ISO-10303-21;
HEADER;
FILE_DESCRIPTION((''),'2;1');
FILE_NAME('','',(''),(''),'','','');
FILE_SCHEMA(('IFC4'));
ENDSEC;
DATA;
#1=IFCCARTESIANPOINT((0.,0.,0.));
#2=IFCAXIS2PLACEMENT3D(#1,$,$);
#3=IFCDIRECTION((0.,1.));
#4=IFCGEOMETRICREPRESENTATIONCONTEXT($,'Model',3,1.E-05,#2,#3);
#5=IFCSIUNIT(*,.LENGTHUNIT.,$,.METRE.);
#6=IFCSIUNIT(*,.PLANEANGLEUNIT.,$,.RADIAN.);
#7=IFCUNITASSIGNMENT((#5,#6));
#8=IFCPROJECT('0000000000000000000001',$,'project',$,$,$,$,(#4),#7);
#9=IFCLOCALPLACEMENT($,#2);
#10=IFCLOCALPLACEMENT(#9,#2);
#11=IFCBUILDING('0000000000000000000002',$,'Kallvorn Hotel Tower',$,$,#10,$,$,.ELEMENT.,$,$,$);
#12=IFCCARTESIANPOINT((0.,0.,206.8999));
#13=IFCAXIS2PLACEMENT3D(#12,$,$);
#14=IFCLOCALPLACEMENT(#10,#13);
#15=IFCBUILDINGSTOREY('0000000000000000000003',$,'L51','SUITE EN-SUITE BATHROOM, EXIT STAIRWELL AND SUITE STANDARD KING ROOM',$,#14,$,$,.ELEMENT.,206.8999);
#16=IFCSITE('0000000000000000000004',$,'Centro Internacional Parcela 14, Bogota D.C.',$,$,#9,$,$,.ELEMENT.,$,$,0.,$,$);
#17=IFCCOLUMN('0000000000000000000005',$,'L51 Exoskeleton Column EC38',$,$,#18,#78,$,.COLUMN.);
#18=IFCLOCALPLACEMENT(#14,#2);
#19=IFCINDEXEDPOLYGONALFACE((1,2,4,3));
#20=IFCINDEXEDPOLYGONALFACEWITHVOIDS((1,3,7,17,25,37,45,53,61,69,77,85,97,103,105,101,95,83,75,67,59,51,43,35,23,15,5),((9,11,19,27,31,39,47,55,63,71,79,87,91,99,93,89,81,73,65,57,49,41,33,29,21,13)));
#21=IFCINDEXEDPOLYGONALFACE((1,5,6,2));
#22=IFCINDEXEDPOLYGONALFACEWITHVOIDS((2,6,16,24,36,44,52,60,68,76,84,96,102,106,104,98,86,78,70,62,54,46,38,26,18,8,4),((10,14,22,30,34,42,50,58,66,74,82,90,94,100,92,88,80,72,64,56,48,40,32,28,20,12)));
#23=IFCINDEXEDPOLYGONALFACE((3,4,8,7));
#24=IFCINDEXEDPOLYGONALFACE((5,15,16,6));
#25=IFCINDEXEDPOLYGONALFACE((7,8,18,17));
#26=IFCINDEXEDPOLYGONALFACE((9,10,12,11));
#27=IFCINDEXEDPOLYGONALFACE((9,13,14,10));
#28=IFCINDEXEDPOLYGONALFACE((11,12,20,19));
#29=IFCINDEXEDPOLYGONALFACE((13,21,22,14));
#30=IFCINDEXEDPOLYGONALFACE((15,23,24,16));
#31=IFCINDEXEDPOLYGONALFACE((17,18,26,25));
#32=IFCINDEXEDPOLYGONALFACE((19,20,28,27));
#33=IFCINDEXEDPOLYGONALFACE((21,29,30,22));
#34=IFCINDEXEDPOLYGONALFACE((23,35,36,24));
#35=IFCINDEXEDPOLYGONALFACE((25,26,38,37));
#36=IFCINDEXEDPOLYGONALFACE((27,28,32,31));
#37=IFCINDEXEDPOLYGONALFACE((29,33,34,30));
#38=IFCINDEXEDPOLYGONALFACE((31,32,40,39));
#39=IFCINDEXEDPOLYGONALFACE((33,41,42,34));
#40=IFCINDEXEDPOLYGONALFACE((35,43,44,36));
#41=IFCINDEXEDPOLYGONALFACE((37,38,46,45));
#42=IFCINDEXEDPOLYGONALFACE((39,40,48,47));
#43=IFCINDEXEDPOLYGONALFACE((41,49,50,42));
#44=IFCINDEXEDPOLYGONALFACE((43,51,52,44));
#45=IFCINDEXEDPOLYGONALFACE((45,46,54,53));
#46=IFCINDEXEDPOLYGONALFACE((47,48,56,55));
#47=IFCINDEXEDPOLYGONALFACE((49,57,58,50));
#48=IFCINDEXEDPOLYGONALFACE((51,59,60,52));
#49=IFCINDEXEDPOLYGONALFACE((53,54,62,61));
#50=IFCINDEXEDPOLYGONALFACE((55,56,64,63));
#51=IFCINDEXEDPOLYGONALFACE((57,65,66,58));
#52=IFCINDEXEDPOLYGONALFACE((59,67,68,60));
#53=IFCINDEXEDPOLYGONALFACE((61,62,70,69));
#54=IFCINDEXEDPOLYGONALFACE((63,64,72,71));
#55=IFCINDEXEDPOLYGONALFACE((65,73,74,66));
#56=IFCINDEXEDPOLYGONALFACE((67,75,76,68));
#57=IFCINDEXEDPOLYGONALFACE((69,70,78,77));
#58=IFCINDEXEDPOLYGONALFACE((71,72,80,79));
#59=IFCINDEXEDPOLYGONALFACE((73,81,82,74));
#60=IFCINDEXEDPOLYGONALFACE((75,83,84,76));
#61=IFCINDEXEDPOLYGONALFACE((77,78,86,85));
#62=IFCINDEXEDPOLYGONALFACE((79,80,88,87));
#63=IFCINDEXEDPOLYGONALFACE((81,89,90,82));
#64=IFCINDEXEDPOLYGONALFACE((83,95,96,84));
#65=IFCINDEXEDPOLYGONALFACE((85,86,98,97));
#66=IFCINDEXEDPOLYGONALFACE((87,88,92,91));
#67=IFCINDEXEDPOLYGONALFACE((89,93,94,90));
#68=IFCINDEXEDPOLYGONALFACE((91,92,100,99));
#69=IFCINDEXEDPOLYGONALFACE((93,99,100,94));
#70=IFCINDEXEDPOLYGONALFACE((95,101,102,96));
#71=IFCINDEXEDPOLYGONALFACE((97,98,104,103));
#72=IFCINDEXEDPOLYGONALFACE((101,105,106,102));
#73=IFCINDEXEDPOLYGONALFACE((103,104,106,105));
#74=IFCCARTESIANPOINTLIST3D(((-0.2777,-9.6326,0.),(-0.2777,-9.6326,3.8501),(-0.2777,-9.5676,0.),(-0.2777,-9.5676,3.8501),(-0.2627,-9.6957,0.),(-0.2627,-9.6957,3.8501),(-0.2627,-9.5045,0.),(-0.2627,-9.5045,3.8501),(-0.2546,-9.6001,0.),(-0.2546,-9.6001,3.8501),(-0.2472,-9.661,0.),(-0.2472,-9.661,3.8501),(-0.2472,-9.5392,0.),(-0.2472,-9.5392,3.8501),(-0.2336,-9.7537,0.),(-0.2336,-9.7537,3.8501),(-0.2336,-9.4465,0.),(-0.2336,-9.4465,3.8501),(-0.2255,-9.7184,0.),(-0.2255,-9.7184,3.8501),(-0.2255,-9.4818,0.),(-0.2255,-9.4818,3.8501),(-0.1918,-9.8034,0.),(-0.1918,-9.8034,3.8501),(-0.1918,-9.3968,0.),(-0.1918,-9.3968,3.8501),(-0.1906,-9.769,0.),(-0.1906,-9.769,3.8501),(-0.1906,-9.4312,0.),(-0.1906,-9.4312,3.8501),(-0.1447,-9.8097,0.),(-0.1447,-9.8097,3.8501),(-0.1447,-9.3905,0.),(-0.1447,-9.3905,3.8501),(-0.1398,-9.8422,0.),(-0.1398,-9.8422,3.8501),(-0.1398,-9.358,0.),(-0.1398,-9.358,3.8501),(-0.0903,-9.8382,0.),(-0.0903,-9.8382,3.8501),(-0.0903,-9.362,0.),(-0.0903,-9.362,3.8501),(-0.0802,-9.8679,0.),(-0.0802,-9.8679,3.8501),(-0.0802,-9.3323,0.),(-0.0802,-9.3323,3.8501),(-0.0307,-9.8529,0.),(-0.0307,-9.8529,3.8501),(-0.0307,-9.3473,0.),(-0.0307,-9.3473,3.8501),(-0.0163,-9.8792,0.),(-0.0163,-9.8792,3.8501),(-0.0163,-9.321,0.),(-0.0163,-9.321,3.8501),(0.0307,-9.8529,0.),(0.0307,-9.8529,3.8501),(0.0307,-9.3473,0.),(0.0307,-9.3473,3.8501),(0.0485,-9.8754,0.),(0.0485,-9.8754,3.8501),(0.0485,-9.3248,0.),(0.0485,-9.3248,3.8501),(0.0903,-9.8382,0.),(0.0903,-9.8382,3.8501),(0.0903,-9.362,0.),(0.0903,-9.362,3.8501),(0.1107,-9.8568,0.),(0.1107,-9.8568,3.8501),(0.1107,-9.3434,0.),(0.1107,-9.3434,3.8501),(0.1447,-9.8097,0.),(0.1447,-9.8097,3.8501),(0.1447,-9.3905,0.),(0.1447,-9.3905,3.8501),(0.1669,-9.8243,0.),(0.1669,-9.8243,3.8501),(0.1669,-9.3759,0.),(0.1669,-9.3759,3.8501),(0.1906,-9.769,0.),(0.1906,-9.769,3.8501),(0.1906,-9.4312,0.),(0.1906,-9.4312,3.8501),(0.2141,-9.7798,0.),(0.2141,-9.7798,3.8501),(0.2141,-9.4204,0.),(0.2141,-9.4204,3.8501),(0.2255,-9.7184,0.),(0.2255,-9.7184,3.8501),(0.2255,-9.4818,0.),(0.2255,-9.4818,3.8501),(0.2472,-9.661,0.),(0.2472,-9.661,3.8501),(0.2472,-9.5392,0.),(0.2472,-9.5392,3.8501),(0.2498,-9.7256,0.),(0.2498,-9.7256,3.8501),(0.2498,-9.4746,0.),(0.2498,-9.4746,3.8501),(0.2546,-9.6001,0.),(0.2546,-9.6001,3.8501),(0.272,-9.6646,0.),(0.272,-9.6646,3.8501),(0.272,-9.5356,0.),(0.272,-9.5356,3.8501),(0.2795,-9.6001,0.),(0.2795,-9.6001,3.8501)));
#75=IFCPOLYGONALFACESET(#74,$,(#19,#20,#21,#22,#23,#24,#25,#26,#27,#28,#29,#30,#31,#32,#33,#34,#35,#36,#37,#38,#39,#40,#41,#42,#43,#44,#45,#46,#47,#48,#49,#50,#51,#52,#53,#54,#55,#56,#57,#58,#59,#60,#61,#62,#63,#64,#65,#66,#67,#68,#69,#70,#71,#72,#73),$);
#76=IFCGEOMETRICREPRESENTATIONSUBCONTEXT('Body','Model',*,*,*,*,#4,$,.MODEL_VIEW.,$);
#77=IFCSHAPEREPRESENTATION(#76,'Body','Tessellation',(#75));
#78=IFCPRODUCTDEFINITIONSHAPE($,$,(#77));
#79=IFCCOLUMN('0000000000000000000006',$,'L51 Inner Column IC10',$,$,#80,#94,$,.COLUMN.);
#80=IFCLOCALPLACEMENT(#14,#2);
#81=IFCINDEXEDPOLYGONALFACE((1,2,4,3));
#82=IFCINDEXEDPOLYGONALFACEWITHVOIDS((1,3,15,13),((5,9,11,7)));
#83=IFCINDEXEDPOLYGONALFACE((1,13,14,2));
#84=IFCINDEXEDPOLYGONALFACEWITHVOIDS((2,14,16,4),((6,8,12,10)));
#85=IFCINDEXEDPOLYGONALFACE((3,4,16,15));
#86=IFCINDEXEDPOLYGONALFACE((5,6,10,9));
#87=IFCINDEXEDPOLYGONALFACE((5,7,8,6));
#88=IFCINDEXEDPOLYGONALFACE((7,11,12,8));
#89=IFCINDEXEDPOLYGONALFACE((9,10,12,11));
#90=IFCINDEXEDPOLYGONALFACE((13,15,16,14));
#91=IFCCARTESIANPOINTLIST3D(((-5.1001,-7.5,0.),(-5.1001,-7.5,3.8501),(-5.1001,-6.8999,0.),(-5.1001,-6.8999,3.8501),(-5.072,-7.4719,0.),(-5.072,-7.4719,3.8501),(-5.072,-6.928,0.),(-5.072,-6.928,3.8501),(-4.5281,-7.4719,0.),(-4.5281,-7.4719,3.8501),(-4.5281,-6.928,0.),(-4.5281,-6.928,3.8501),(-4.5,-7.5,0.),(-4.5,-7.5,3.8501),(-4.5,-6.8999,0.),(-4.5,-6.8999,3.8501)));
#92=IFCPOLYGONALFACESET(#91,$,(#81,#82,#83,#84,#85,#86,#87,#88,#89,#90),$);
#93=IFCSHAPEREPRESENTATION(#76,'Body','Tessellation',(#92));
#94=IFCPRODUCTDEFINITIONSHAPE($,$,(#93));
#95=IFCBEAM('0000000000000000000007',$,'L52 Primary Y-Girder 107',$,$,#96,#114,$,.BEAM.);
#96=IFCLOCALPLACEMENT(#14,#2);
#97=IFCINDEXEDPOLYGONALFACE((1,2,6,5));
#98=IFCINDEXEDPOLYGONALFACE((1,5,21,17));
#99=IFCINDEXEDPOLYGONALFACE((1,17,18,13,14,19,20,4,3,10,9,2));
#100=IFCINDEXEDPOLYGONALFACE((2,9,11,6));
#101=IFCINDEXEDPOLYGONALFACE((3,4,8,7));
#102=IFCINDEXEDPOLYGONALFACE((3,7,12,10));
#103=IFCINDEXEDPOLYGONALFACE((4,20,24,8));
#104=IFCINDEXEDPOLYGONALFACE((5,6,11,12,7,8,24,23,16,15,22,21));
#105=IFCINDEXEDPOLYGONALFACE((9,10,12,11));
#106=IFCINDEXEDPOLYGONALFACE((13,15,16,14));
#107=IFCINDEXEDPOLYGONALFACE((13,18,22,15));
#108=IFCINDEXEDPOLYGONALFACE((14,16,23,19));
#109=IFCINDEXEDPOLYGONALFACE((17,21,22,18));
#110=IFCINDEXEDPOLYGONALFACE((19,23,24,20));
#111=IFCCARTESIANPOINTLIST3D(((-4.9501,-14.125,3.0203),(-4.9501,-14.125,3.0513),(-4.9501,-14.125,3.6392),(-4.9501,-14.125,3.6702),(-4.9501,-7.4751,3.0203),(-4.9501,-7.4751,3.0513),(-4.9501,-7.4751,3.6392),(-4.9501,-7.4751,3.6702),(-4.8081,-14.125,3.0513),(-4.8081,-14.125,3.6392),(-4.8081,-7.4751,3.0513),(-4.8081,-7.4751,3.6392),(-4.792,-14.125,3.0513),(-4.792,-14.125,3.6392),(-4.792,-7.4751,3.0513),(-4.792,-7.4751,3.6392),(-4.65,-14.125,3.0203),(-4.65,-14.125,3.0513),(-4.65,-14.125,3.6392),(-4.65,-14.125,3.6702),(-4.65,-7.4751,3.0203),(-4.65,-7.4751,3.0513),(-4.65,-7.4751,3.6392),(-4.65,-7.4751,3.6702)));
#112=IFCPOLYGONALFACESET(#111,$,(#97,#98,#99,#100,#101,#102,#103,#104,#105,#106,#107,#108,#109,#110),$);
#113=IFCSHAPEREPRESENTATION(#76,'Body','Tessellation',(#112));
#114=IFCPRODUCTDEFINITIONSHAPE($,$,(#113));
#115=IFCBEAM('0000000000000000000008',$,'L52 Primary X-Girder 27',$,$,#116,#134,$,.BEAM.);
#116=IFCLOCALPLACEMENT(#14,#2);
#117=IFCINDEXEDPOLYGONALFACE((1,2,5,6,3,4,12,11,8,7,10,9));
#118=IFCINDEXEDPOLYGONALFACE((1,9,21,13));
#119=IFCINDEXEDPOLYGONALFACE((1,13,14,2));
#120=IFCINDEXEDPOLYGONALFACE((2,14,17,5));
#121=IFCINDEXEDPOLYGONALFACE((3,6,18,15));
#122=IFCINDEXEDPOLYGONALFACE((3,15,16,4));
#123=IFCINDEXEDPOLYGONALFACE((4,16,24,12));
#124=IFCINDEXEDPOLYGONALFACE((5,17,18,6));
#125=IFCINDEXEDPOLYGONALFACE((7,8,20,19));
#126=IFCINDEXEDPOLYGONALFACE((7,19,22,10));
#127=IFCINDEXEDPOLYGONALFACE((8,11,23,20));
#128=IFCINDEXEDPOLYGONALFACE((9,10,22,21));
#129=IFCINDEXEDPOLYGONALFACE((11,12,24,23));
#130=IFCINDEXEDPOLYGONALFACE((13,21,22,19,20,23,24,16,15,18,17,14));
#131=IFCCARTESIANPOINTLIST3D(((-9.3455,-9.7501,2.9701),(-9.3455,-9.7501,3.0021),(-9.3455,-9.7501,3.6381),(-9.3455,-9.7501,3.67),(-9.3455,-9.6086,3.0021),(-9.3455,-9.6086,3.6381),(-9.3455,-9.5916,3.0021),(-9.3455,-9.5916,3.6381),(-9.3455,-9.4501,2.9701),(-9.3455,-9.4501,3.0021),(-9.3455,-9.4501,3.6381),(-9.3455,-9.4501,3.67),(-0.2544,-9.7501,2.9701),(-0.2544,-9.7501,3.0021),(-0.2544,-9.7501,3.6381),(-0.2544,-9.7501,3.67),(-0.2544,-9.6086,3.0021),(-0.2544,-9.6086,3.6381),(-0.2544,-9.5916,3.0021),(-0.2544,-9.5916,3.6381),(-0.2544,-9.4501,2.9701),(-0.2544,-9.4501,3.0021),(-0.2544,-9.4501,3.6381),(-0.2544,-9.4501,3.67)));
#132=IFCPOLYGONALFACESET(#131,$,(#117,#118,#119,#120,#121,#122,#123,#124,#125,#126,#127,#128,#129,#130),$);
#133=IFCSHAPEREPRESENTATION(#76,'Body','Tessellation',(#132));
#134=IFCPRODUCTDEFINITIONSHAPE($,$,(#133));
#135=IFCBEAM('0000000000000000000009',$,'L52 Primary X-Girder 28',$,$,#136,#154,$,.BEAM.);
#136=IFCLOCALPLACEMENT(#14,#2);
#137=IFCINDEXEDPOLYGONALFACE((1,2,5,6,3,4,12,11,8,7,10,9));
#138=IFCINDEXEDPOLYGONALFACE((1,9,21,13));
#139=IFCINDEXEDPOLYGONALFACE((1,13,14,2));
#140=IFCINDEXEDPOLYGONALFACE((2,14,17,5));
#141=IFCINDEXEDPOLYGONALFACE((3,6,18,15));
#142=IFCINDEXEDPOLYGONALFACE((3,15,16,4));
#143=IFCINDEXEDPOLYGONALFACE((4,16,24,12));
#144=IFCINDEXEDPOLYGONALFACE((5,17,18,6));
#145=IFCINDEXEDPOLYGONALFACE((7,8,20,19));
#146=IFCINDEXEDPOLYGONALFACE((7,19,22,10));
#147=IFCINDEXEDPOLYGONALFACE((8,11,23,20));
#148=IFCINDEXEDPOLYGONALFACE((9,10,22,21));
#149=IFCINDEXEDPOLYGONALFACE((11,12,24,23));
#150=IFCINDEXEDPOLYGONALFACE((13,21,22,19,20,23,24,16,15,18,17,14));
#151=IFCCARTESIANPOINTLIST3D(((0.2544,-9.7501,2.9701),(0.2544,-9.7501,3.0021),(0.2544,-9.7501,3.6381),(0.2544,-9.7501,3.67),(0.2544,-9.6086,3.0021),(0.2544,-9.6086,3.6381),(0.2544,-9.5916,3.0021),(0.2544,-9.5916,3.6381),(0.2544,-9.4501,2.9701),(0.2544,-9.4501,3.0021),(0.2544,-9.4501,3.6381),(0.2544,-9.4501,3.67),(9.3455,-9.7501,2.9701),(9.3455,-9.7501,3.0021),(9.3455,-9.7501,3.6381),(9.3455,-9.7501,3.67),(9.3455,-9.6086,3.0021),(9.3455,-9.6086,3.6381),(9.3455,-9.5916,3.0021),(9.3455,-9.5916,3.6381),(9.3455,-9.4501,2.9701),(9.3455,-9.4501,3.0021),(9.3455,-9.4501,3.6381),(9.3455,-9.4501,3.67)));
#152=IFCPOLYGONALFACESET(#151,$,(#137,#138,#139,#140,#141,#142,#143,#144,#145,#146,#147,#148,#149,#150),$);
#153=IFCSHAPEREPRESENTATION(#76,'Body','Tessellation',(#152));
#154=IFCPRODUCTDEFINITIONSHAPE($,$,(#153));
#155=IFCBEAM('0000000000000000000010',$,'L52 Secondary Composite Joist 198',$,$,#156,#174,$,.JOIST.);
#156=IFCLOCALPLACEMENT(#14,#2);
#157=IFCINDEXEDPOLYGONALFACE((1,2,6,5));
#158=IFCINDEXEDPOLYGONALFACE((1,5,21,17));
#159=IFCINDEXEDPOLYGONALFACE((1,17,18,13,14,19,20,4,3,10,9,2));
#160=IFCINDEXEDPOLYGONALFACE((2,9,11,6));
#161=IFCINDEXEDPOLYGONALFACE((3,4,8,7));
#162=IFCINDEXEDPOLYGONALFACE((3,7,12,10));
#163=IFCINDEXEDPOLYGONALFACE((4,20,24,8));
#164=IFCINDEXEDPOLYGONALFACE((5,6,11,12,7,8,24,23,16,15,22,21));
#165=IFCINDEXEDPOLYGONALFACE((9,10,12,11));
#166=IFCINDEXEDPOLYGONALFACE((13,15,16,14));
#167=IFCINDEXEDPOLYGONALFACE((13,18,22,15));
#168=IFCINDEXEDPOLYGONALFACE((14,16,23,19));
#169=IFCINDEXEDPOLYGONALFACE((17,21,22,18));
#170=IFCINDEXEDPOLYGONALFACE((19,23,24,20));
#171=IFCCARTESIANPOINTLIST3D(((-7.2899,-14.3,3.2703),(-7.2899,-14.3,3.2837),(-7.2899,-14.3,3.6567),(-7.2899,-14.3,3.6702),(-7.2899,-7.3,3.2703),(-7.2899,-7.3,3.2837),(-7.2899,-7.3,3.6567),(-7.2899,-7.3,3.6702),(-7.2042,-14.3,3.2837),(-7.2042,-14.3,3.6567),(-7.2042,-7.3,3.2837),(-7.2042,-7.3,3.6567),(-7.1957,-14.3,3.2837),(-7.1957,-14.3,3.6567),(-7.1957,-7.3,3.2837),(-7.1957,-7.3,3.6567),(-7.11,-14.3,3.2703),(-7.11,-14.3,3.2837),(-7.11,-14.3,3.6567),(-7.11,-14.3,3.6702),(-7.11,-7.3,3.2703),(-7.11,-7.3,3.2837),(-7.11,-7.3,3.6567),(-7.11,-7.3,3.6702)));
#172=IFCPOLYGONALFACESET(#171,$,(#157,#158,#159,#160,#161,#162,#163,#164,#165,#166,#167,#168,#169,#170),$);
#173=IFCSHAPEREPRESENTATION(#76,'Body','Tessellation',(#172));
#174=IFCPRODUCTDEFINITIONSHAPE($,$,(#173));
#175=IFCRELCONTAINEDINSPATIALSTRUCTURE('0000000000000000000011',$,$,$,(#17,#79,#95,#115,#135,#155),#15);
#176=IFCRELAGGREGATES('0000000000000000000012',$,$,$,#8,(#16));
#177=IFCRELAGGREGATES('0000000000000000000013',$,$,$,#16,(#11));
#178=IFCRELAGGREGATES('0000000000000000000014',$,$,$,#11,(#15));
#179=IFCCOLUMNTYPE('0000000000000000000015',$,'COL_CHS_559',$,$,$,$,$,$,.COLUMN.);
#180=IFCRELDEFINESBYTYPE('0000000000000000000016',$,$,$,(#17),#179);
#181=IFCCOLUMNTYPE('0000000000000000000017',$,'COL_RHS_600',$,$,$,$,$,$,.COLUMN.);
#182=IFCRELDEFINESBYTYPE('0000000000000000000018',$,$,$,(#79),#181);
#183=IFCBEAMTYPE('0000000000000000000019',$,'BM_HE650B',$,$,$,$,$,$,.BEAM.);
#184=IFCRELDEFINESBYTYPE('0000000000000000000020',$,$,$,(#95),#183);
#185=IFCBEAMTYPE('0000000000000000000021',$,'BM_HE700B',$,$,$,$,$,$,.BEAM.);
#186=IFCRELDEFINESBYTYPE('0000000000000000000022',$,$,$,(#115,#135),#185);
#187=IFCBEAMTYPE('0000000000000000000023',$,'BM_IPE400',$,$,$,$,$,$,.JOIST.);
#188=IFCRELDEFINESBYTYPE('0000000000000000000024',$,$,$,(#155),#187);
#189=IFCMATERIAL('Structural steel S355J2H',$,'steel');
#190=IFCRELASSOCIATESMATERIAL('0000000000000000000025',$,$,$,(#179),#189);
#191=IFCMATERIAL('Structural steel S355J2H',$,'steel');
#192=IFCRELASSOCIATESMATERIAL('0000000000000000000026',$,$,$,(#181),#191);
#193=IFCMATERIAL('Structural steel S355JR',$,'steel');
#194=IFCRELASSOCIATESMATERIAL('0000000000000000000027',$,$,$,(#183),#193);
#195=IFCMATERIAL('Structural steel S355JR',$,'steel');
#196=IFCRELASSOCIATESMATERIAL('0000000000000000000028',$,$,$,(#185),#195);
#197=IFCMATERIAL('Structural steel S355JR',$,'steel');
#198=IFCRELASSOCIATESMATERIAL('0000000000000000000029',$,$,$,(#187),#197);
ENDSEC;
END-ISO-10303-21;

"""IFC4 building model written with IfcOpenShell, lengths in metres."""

from ifc_helpers import new_model, si_unit, direction, frame, origin, origin_2d, place, context, subcontext, project, spatial, hollow_rectangle, hollow_circle, i_section, extrude, material, material_profile, profile_set, type_object, element, save


model = new_model("IFC4")

# Units and contexts
model_context = context("Model", 3, precision=1e-05, world=origin(), true_north=direction((0.0, 1.0)))
body_context = subcontext(model_context, "Body", "Model", "MODEL_VIEW")
ifc_project = project(units=[si_unit("LENGTHUNIT", "METRE"), si_unit("PLANEANGLEUNIT", "RADIAN")], contexts=[model_context])

# Site, building, storey
site_placement = place(None, origin())
site = spatial("IfcSite", under=ifc_project, at=site_placement, Name="Centro Internacional Parcela 14, Bogota D.C.", CompositionType="ELEMENT", RefElevation=0.0)
building_placement = place(site_placement, origin())
building = spatial("IfcBuilding", under=site, at=building_placement, Name="Kallvorn Hotel Tower", CompositionType="ELEMENT")
storey_placement = place(building_placement, frame((0.0, 0.0, 206.8999)))
storey = spatial("IfcBuildingStorey", under=building, at=storey_placement, Name="L51", Description="SUITE EN-SUITE BATHROOM, EXIT STAIRWELL AND SUITE STANDARD KING ROOM", CompositionType="ELEMENT", Elevation=206.8999)

# Columns
ifc_material_1 = material(Name="Structural steel S355J2H", Category="steel")
ifc_material_profile_1 = material_profile(ifc_material_1, hollow_circle(Radius=0.2795, WallThickness=0.0249, at=origin_2d()), Name="CHS 559x25")
ifc_profile_set_1 = profile_set([ifc_material_profile_1], Name="Structural steel S355J2H")
column_type_1 = type_object("IfcColumnType", Name="COL_CHS_559", PredefinedType="COLUMN", material=ifc_profile_set_1)
column_1_placement = place(storey_placement, frame((0.0, -9.6001, 0.0), z_axis=(0.0, 0.0, 1.0), x_axis=(1.0, 0.0, 0.0)))
element("IfcColumn", 1, at=column_1_placement, inside=storey, type_object=column_type_1, Name="L51 Exoskeleton Column EC38", PredefinedType="COLUMN", context=body_context, shape_type="SweptSolid", body=[
    extrude(hollow_circle(Radius=0.2795, WallThickness=0.0249, at=origin_2d()), origin(), (0.0, 0.0, 1.0), 3.8501),
])
ifc_material_2 = material(Name="Structural steel S355J2H", Category="steel")
ifc_material_profile_2 = material_profile(ifc_material_2, hollow_rectangle(XDim=0.6001, YDim=0.6001, WallThickness=0.0281, at=origin_2d()), Name="RHS 600x600x28")
ifc_profile_set_2 = profile_set([ifc_material_profile_2], Name="Structural steel S355J2H")
column_type_2 = type_object("IfcColumnType", Name="COL_RHS_600", PredefinedType="COLUMN", material=ifc_profile_set_2)
column_2_placement = place(storey_placement, frame((-4.8, -7.2, 0.0), z_axis=(0.0, 0.0, 1.0), x_axis=(1.0, 0.0, 0.0)))
element("IfcColumn", 2, at=column_2_placement, inside=storey, type_object=column_type_2, Name="L51 Inner Column IC10", PredefinedType="COLUMN", context=body_context, shape_type="SweptSolid", body=[
    extrude(hollow_rectangle(XDim=0.6001, YDim=0.6001, WallThickness=0.0281, at=origin_2d()), origin(), (0.0, 0.0, 1.0), 3.8501),
])

# Beams
ifc_material_3 = material(Name="Structural steel S355JR", Category="steel")
ifc_material_profile_3 = material_profile(ifc_material_3, i_section(OverallWidth=0.3, OverallDepth=0.6499, WebThickness=0.0161, FlangeThickness=0.031, at=origin_2d()), Name="HE 650 B")
ifc_profile_set_3 = profile_set([ifc_material_profile_3], Name="Structural steel S355JR")
beam_type_1 = type_object("IfcBeamType", Name="BM_HE650B", PredefinedType="BEAM", material=ifc_profile_set_3)
beam_1_placement = place(storey_placement, frame((-4.8, -14.125, 3.3452), z_axis=(0.0, 1.0, 0.0), x_axis=(-1.0, 0.0, 0.0)))
element("IfcBeam", 3, at=beam_1_placement, inside=storey, type_object=beam_type_1, Name="L52 Primary Y-Girder 107", PredefinedType="BEAM", context=body_context, shape_type="SweptSolid", body=[
    extrude(i_section(OverallWidth=0.3, OverallDepth=0.6499, WebThickness=0.0161, FlangeThickness=0.031, at=origin_2d()), origin(), (0.0, 0.0, 1.0), 6.6499),
])
ifc_material_4 = material(Name="Structural steel S355JR", Category="steel")
ifc_material_profile_4 = material_profile(ifc_material_4, i_section(OverallWidth=0.3, OverallDepth=0.7, WebThickness=0.0171, FlangeThickness=0.032, at=origin_2d()), Name="HE 700 B")
ifc_profile_set_4 = profile_set([ifc_material_profile_4], Name="Structural steel S355JR")
beam_type_2 = type_object("IfcBeamType", Name="BM_HE700B", PredefinedType="BEAM", material=ifc_profile_set_4)
for number, where, z_axis, x_axis, name in (
    (4, (-9.3455, -9.6001, 3.3201), (1.0, 0.0, 0.0), (0.0, 1.0, 0.0), "L52 Primary X-Girder 27"),
    (5, (0.2544, -9.6001, 3.3201), (1.0, 0.0, 0.0), (0.0, 1.0, 0.0), "L52 Primary X-Girder 28"),
):
    element("IfcBeam", number, at=place(storey_placement, frame(where, z_axis=z_axis, x_axis=x_axis)), inside=storey, type_object=beam_type_2, Name=name, PredefinedType="BEAM", context=body_context, shape_type="SweptSolid", body=[
        extrude(i_section(OverallWidth=0.3, OverallDepth=0.7, WebThickness=0.0171, FlangeThickness=0.032, at=origin_2d()), origin(), (0.0, 0.0, 1.0), 9.0911),
    ])
ifc_material_5 = material(Name="Structural steel S355JR", Category="steel")
ifc_material_profile_5 = material_profile(ifc_material_5, i_section(OverallWidth=0.1799, OverallDepth=0.3999, WebThickness=0.0085, FlangeThickness=0.0134, at=origin_2d()), Name="IPE 400")
ifc_profile_set_5 = profile_set([ifc_material_profile_5], Name="Structural steel S355JR")
beam_type_3 = type_object("IfcBeamType", Name="BM_IPE400", PredefinedType="JOIST", material=ifc_profile_set_5)
for number, where, z_axis, x_axis, name in (
    (6, (-7.2, -14.3, 3.4702), (0.0, 1.0, 0.0), (-1.0, 0.0, 0.0), "L52 Secondary Composite Joist 198"),
):
    element("IfcBeam", number, at=place(storey_placement, frame(where, z_axis=z_axis, x_axis=x_axis)), inside=storey, type_object=beam_type_3, Name=name, PredefinedType="JOIST", context=body_context, shape_type="SweptSolid", body=[
        extrude(i_section(OverallWidth=0.1799, OverallDepth=0.3999, WebThickness=0.0085, FlangeThickness=0.0134, at=origin_2d()), origin(), (0.0, 0.0, 1.0), 7.0),
    ])

save(model, "model.ifc")
